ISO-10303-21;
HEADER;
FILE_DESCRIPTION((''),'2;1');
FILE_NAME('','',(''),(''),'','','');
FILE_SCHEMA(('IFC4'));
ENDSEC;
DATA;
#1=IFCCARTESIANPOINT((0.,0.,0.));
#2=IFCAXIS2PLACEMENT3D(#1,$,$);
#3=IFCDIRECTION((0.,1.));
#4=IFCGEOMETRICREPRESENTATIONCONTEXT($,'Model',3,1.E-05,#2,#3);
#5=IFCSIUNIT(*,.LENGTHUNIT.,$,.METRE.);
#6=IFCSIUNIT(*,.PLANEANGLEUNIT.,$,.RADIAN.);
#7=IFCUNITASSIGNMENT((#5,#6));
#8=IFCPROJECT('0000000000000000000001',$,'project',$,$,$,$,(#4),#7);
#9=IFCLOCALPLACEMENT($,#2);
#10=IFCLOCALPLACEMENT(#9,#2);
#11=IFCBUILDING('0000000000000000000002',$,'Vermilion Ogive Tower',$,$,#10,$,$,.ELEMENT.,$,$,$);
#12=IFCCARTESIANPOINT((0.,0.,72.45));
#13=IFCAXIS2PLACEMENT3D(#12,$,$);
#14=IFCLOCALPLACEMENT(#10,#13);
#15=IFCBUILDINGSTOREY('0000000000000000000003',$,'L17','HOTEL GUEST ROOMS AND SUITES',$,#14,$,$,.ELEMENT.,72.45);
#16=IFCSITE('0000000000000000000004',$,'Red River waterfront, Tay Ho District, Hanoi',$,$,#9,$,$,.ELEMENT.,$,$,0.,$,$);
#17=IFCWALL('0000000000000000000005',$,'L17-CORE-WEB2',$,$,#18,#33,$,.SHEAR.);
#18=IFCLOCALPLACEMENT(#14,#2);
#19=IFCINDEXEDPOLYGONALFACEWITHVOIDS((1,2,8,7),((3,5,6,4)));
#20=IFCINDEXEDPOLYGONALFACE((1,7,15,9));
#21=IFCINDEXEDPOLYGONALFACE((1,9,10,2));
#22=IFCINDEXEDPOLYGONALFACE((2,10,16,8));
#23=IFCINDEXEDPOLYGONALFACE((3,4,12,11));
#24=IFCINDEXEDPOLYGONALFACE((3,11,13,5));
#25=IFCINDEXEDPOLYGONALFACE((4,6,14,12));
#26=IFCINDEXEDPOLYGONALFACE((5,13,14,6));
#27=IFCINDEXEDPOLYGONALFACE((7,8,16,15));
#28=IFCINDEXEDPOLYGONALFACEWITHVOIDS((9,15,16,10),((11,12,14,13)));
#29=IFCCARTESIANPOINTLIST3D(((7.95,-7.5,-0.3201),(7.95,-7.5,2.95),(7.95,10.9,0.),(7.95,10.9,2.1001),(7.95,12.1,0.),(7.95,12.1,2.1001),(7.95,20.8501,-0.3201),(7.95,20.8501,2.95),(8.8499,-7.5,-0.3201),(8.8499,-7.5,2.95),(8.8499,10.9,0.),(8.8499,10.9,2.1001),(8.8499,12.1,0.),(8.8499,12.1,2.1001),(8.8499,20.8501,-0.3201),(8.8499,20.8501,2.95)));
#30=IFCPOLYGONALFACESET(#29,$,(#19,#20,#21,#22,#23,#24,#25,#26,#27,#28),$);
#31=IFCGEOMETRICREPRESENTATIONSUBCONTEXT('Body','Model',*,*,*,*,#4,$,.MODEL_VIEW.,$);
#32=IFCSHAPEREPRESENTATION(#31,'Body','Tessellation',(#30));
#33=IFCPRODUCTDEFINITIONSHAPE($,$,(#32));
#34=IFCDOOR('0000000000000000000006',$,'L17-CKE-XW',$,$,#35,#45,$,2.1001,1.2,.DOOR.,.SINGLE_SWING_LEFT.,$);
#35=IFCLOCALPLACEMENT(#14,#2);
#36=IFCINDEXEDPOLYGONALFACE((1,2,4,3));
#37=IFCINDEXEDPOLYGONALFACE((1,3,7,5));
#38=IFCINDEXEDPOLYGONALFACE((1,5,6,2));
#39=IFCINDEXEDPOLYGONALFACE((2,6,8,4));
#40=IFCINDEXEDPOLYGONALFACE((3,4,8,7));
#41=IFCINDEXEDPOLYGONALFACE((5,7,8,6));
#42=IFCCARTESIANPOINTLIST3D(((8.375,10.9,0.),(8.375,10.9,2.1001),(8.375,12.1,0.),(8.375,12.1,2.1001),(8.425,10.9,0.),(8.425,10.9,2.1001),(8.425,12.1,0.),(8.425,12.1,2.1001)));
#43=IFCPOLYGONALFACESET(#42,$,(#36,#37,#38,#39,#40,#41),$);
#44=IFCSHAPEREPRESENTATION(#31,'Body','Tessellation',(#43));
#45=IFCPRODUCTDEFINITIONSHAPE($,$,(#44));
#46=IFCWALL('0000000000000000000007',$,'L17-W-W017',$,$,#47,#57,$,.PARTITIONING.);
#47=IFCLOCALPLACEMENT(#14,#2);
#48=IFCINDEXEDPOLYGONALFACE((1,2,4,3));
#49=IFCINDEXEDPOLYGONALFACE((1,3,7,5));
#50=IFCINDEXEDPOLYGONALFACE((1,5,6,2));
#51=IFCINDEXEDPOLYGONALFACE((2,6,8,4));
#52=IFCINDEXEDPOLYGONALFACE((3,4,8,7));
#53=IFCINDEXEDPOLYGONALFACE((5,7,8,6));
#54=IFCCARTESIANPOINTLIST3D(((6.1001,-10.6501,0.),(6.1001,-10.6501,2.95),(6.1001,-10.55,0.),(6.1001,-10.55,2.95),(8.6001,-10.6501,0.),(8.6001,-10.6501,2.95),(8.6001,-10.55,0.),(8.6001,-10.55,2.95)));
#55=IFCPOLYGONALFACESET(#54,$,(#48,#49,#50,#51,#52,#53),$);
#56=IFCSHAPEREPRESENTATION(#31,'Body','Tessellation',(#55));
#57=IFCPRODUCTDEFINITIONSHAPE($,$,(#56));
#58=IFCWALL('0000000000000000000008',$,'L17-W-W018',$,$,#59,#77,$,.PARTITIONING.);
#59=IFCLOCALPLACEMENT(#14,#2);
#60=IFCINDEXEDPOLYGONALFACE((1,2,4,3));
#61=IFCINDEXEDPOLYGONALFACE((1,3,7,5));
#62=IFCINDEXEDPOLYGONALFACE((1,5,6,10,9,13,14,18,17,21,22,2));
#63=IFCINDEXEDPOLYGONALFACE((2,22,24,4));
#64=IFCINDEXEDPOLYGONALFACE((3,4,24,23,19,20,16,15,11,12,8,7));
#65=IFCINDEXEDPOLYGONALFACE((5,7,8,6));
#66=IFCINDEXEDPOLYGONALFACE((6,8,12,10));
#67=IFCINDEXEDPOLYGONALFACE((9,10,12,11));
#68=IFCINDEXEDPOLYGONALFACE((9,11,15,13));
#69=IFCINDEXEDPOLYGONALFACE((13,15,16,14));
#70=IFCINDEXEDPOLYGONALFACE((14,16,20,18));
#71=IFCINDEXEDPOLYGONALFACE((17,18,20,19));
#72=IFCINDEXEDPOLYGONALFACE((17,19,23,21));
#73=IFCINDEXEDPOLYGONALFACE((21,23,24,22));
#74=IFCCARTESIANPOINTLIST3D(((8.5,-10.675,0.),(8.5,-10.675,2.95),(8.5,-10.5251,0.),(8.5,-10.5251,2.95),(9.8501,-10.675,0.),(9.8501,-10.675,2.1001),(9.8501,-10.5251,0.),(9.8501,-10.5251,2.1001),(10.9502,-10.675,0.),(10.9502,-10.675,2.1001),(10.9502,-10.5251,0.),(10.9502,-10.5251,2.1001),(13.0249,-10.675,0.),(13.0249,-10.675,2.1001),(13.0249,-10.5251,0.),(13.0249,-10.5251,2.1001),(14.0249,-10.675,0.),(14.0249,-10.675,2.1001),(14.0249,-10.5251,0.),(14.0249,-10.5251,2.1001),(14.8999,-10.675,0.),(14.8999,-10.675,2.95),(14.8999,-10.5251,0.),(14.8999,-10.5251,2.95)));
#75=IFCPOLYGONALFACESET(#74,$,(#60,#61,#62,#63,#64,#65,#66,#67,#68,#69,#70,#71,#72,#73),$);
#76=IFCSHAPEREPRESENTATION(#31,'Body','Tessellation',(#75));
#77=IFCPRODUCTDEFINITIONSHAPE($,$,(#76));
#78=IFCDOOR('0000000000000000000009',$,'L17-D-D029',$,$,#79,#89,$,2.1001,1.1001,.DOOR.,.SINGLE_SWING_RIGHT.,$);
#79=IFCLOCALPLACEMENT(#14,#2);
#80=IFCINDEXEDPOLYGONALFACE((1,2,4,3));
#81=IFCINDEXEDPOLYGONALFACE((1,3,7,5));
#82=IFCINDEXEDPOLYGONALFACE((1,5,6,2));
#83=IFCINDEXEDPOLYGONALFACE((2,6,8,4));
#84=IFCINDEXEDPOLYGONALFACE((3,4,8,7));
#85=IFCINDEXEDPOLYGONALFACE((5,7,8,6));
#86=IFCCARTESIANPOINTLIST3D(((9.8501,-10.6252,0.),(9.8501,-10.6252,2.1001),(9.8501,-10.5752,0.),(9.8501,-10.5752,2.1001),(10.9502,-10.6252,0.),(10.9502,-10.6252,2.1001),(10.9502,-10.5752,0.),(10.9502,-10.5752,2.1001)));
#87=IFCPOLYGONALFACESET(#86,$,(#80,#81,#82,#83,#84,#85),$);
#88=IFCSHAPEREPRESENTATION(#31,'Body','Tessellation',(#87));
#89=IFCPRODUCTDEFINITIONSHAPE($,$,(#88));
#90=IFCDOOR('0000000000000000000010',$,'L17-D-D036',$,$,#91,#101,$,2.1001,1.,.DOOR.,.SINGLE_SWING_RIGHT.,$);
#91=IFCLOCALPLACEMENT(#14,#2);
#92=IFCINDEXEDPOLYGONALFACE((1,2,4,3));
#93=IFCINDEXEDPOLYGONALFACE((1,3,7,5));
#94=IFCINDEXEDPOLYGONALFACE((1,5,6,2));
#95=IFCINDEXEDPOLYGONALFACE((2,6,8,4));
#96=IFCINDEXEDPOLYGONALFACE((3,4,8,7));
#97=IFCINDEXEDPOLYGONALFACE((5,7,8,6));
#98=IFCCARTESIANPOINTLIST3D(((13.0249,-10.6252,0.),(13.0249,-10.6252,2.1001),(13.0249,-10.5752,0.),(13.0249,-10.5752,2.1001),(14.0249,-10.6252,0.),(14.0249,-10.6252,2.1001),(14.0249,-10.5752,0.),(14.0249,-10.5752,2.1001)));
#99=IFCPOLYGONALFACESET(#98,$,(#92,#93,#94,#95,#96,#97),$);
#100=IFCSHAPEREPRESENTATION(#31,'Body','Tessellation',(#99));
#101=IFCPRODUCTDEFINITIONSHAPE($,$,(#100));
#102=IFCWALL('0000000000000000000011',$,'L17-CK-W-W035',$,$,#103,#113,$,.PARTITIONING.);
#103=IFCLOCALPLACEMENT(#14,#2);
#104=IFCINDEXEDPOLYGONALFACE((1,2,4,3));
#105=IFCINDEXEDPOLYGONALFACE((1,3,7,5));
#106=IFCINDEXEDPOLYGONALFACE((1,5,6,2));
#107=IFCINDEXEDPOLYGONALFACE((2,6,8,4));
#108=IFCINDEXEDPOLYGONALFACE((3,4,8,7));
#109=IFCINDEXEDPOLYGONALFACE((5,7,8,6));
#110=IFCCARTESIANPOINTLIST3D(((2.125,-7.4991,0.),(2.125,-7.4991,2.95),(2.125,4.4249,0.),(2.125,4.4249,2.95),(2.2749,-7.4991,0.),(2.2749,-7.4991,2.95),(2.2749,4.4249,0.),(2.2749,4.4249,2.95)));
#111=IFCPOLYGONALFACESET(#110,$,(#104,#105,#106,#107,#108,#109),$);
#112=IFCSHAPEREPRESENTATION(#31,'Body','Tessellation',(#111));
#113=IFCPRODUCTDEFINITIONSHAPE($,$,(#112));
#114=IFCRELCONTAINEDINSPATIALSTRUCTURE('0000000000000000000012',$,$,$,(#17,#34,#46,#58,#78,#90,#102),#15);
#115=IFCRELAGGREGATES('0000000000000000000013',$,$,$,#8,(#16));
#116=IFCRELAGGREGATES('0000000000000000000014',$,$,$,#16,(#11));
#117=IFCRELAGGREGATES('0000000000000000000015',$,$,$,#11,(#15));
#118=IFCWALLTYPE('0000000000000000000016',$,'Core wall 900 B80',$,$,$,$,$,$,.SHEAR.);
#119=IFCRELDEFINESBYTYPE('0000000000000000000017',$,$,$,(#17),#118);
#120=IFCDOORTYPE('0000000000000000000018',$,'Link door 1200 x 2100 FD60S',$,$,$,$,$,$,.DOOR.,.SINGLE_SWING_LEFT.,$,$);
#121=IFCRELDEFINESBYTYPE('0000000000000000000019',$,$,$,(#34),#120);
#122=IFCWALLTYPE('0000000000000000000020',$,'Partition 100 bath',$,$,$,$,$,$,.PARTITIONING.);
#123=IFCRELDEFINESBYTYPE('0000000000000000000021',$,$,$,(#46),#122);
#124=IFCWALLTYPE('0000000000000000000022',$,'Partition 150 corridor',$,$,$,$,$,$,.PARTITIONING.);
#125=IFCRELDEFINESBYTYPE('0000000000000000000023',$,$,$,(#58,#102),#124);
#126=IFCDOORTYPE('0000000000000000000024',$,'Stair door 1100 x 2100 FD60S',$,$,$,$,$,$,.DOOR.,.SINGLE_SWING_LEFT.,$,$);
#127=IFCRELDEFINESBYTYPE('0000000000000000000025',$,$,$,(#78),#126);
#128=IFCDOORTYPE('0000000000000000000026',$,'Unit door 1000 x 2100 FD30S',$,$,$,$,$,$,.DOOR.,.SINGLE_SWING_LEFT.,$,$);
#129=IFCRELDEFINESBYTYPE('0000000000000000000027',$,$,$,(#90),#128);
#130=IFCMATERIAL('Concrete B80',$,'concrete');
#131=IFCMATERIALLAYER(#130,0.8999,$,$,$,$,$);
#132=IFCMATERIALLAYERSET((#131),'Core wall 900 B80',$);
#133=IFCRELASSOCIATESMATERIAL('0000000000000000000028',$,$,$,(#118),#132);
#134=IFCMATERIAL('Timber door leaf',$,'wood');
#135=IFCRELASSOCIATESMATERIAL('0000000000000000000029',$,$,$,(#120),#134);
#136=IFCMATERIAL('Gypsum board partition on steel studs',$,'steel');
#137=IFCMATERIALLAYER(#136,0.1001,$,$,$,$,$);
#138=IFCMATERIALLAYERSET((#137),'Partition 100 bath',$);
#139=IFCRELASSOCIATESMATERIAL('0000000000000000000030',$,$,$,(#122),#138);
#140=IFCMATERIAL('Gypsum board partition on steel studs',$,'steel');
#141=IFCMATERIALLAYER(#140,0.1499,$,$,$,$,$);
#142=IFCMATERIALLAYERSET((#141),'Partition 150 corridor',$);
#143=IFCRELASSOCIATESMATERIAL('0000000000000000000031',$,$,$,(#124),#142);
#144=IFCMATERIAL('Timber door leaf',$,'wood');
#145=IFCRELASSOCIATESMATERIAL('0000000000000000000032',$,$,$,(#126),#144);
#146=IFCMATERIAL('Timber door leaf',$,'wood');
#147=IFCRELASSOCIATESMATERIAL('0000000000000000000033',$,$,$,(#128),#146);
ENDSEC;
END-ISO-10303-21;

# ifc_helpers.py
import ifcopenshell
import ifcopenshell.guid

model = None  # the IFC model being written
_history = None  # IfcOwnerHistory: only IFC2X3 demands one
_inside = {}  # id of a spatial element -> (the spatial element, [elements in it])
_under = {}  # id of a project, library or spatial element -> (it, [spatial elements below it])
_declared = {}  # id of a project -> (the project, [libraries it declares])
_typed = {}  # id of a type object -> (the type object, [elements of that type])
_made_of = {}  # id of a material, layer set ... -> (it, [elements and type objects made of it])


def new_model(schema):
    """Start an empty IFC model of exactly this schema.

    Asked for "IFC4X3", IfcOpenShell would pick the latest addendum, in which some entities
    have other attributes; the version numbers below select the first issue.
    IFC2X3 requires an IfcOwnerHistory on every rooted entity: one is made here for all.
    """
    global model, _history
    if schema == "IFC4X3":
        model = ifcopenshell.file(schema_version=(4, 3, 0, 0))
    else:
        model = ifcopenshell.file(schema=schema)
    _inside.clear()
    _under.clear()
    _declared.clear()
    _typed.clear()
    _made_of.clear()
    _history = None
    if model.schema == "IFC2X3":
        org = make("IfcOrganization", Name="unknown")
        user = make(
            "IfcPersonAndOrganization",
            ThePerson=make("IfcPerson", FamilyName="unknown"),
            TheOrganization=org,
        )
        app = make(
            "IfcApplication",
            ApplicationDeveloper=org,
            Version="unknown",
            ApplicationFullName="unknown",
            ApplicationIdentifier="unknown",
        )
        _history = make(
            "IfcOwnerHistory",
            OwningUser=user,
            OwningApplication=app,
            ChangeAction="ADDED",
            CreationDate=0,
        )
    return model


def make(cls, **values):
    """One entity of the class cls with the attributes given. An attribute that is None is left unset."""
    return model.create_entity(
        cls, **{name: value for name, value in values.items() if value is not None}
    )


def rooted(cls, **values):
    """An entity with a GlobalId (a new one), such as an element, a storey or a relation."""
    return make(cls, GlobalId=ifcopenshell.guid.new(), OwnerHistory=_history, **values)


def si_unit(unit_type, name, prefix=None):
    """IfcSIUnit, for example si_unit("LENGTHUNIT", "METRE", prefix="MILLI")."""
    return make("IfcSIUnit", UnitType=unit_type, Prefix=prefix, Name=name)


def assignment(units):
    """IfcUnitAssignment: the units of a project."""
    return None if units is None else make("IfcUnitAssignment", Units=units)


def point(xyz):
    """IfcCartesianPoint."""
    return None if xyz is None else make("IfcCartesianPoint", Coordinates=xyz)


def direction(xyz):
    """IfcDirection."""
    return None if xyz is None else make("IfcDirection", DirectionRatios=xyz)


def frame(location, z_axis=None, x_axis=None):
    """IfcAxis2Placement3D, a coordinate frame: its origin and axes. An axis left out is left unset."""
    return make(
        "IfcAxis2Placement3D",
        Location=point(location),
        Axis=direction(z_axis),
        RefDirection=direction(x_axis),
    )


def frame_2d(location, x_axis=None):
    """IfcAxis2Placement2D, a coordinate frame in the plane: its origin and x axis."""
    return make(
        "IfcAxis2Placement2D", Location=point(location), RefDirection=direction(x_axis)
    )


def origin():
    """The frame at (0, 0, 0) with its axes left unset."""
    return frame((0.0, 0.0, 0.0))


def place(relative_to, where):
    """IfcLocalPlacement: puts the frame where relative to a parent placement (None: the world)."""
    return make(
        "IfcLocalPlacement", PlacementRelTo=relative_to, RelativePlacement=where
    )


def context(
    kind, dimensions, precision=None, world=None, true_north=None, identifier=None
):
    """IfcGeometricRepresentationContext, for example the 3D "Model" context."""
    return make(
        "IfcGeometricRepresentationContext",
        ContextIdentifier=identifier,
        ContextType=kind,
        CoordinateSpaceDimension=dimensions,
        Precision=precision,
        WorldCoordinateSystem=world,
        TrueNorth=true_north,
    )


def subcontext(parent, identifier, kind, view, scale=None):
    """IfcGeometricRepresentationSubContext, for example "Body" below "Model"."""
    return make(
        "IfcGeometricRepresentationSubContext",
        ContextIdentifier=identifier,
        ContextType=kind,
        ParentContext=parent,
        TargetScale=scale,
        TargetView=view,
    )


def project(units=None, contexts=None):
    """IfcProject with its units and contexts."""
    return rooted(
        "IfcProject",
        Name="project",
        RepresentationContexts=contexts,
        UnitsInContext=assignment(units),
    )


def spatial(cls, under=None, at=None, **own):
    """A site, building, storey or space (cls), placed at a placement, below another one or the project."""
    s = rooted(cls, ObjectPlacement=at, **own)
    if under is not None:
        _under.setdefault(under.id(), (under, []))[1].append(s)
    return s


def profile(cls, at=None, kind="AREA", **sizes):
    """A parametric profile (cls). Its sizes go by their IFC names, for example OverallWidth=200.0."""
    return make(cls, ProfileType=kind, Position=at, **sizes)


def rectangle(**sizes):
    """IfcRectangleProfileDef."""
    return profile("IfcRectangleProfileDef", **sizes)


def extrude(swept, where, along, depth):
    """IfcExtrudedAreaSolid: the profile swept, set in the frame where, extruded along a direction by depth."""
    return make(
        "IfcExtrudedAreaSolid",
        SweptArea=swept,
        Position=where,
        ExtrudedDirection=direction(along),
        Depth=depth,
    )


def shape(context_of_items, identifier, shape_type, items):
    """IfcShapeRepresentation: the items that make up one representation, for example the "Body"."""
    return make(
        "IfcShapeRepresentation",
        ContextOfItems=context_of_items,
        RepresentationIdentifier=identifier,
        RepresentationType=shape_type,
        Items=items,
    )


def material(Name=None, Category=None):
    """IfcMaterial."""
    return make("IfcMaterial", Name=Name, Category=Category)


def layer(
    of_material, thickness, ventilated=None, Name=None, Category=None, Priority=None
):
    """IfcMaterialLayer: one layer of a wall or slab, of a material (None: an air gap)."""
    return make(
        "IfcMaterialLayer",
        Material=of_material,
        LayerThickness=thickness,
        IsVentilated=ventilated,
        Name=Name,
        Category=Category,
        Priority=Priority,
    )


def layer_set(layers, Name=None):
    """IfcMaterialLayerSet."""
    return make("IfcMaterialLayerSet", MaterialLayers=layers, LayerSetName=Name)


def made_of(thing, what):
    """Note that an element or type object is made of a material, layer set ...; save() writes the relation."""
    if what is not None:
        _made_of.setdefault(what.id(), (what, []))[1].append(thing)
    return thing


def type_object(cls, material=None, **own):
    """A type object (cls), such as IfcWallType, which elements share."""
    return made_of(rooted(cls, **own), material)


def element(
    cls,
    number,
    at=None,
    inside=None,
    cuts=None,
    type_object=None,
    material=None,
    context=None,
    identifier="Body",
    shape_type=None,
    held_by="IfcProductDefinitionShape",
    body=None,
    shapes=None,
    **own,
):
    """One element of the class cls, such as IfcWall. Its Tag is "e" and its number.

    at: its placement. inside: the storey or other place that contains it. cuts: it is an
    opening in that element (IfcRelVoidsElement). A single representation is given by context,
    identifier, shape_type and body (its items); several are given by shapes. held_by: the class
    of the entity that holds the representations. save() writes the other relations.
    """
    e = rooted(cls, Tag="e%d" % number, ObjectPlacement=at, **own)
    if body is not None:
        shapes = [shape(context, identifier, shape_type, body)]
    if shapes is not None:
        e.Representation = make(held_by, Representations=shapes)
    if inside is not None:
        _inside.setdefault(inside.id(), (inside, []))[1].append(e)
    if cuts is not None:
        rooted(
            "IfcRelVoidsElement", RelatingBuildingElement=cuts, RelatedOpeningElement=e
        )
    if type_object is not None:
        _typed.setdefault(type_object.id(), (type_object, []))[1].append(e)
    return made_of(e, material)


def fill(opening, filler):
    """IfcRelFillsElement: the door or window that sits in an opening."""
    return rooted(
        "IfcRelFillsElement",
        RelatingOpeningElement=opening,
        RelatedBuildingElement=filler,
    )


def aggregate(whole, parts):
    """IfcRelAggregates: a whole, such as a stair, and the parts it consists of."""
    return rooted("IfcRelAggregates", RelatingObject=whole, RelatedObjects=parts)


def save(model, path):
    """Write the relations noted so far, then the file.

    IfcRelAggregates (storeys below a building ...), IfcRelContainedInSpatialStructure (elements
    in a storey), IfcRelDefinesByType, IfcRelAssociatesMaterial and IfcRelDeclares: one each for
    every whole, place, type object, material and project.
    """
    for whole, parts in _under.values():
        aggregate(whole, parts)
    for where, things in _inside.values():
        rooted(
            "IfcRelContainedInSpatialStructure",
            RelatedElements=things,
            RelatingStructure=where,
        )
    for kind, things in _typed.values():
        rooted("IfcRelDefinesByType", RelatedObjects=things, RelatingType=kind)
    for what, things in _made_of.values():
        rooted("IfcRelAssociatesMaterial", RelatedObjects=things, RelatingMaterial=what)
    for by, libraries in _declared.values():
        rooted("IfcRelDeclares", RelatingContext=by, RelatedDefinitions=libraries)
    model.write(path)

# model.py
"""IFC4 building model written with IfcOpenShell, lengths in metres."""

from ifc_helpers import new_model, si_unit, direction, frame, frame_2d, origin, place, context, subcontext, project, spatial, rectangle, extrude, material, layer, layer_set, type_object, element, fill, save


model = new_model("IFC4")

# Units and contexts
model_context = context("Model", 3, precision=1e-05, world=origin(), true_north=direction((0.0, 1.0)))
body_context = subcontext(model_context, "Body", "Model", "MODEL_VIEW")
ifc_project = project(units=[si_unit("LENGTHUNIT", "METRE"), si_unit("PLANEANGLEUNIT", "RADIAN")], contexts=[model_context])

# Site, building, storey
site_placement = place(None, origin())
site = spatial("IfcSite", under=ifc_project, at=site_placement, Name="Red River waterfront, Tay Ho District, Hanoi", CompositionType="ELEMENT", RefElevation=0.0)
building_placement = place(site_placement, origin())
building = spatial("IfcBuilding", under=site, at=building_placement, Name="Vermilion Ogive Tower", CompositionType="ELEMENT")
storey_placement = place(building_placement, frame((0.0, 0.0, 72.45)))
storey = spatial("IfcBuildingStorey", under=building, at=storey_placement, Name="L17", Description="HOTEL GUEST ROOMS AND SUITES", CompositionType="ELEMENT", Elevation=72.45)

# Shared definitions
ifc_material_1 = material(Name="Concrete B80", Category="concrete")
ifc_layer_1 = layer(ifc_material_1, 0.8999)
ifc_layer_set_1 = layer_set([ifc_layer_1], Name="Core wall 900 B80")
wall_type_1 = type_object("IfcWallType", Name="Core wall 900 B80", PredefinedType="SHEAR", material=ifc_layer_set_1)
ifc_material_2 = material(Name="Timber door leaf", Category="wood")
door_type_1 = type_object("IfcDoorType", Name="Link door 1200 x 2100 FD60S", OperationType="SINGLE_SWING_LEFT", PredefinedType="DOOR", material=ifc_material_2)

# Wall, opening, door
wall_1_placement = place(storey_placement, frame((8.3999, -7.5, -0.3201), z_axis=(0.0, 0.0, 1.0), x_axis=(0.0, 1.0, 0.0)))
wall_1 = element("IfcWall", 1, at=wall_1_placement, inside=storey, type_object=wall_type_1, Name="L17-CORE-WEB2", PredefinedType="SHEAR", context=body_context, shape_type="SweptSolid", body=[
    extrude(rectangle(XDim=28.3501, YDim=0.8999, at=frame_2d((14.175, 0.0))), origin(), (0.0, 0.0, 1.0), 3.27),
])
opening_1_placement = place(wall_1_placement, frame((18.3999, 0.0, 0.3201)))
opening_1 = element("IfcOpeningElement", 2, at=opening_1_placement, cuts=wall_1, PredefinedType="OPENING", context=body_context, shape_type="SweptSolid", body=[
    extrude(rectangle(XDim=1.2, YDim=2.1001, at=frame_2d((0.6001, 1.05))), frame((0.0, 0.46, 0.0), z_axis=(0.0, -1.0, 0.0), x_axis=(1.0, 0.0, 0.0)), (0.0, 0.0, 1.0), 0.9199),
])
door_1_placement = place(opening_1_placement, origin())
door_1 = element("IfcDoor", 3, at=door_1_placement, inside=storey, type_object=door_type_1, Name="L17-CKE-XW", OperationType="SINGLE_SWING_LEFT", OverallHeight=2.1001, OverallWidth=1.2, PredefinedType="DOOR", context=body_context, shape_type="SweptSolid", body=[
    extrude(rectangle(XDim=1.2, YDim=2.1001, at=frame_2d((0.6001, 1.05))), frame((0.0, 0.0249, 0.0), z_axis=(0.0, -1.0, 0.0), x_axis=(1.0, 0.0, 0.0)), (0.0, 0.0, 1.0), 0.05),
])
fill(opening_1, door_1)

# Wall
ifc_material_3 = material(Name="Gypsum board partition on steel studs", Category="steel")
ifc_layer_2 = layer(ifc_material_3, 0.1001)
ifc_layer_set_2 = layer_set([ifc_layer_2], Name="Partition 100 bath")
wall_type_2 = type_object("IfcWallType", Name="Partition 100 bath", PredefinedType="PARTITIONING", material=ifc_layer_set_2)
wall_2_placement = place(storey_placement, frame((6.1001, -10.6001, 0.0), z_axis=(0.0, 0.0, 1.0), x_axis=(1.0, 0.0, 0.0)))
element("IfcWall", 4, at=wall_2_placement, inside=storey, type_object=wall_type_2, Name="L17-W-W017", PredefinedType="PARTITIONING", context=body_context, shape_type="SweptSolid", body=[
    extrude(rectangle(XDim=2.5, YDim=0.1001, at=frame_2d((1.25, 0.0))), origin(), (0.0, 0.0, 1.0), 2.95),
])

# Wall, openings, doors
ifc_material_4 = material(Name="Gypsum board partition on steel studs", Category="steel")
ifc_layer_3 = layer(ifc_material_4, 0.1499)
ifc_layer_set_3 = layer_set([ifc_layer_3], Name="Partition 150 corridor")
wall_type_3 = type_object("IfcWallType", Name="Partition 150 corridor", PredefinedType="PARTITIONING", material=ifc_layer_set_3)
wall_3_placement = place(storey_placement, frame((8.5, -10.6001, 0.0), z_axis=(0.0, 0.0, 1.0), x_axis=(1.0, 0.0, 0.0)))
wall_3 = element("IfcWall", 5, at=wall_3_placement, inside=storey, type_object=wall_type_3, Name="L17-W-W018", PredefinedType="PARTITIONING", context=body_context, shape_type="SweptSolid", body=[
    extrude(rectangle(XDim=6.3999, YDim=0.1499, at=frame_2d((3.2, 0.0))), origin(), (0.0, 0.0, 1.0), 2.95),
])
opening_2_placement = place(wall_3_placement, frame((1.3501, 0.0, 0.0)))
opening_2 = element("IfcOpeningElement", 6, at=opening_2_placement, cuts=wall_3, PredefinedType="OPENING", context=body_context, shape_type="SweptSolid", body=[
    extrude(rectangle(XDim=1.1001, YDim=2.1001, at=frame_2d((0.55, 1.05))), frame((0.0, 0.085, 0.0), z_axis=(0.0, -1.0, 0.0), x_axis=(1.0, 0.0, 0.0)), (0.0, 0.0, 1.0), 0.1699),
])
opening_3_placement = place(wall_3_placement, frame((4.5249, 0.0, 0.0)))
opening_3 = element("IfcOpeningElement", 7, at=opening_3_placement, cuts=wall_3, PredefinedType="OPENING", context=body_context, shape_type="SweptSolid", body=[
    extrude(rectangle(XDim=1.0, YDim=2.1001, at=frame_2d((0.5, 1.05))), frame((0.0, 0.085, 0.0), z_axis=(0.0, -1.0, 0.0), x_axis=(1.0, 0.0, 0.0)), (0.0, 0.0, 1.0), 0.1699),
])
ifc_material_5 = material(Name="Timber door leaf", Category="wood")
door_type_2 = type_object("IfcDoorType", Name="Stair door 1100 x 2100 FD60S", OperationType="SINGLE_SWING_LEFT", PredefinedType="DOOR", material=ifc_material_5)
door_2_placement = place(opening_2_placement, origin())
door_2 = element("IfcDoor", 8, at=door_2_placement, inside=storey, type_object=door_type_2, Name="L17-D-D029", OperationType="SINGLE_SWING_RIGHT", OverallHeight=2.1001, OverallWidth=1.1001, PredefinedType="DOOR", context=body_context, shape_type="SweptSolid", body=[
    extrude(rectangle(XDim=1.1001, YDim=2.1001, at=frame_2d((0.55, 1.05))), frame((0.0, 0.0249, 0.0), z_axis=(0.0, -1.0, 0.0), x_axis=(1.0, 0.0, 0.0)), (0.0, 0.0, 1.0), 0.05),
])
fill(opening_2, door_2)
ifc_material_6 = material(Name="Timber door leaf", Category="wood")
door_type_3 = type_object("IfcDoorType", Name="Unit door 1000 x 2100 FD30S", OperationType="SINGLE_SWING_LEFT", PredefinedType="DOOR", material=ifc_material_6)
door_3_placement = place(opening_3_placement, origin())
door_3 = element("IfcDoor", 9, at=door_3_placement, inside=storey, type_object=door_type_3, Name="L17-D-D036", OperationType="SINGLE_SWING_RIGHT", OverallHeight=2.1001, OverallWidth=1.0, PredefinedType="DOOR", context=body_context, shape_type="SweptSolid", body=[
    extrude(rectangle(XDim=1.0, YDim=2.1001, at=frame_2d((0.5, 1.05))), frame((0.0, 0.0249, 0.0), z_axis=(0.0, -1.0, 0.0), x_axis=(1.0, 0.0, 0.0)), (0.0, 0.0, 1.0), 0.05),
])
fill(opening_3, door_3)

# Wall
wall_4_placement = place(storey_placement, frame((2.2, -7.499, 0.0), z_axis=(0.0, 0.0, 1.0), x_axis=(0.0, 1.0, 0.0)))
element("IfcWall", 10, at=wall_4_placement, inside=storey, type_object=wall_type_3, Name="L17-CK-W-W035", PredefinedType="PARTITIONING", context=body_context, shape_type="SweptSolid", body=[
    extrude(rectangle(XDim=11.9241, YDim=0.1499, at=frame_2d((5.9619, 0.0))), origin(), (0.0, 0.0, 1.0), 2.95),
])

save(model, "model.ifc")
